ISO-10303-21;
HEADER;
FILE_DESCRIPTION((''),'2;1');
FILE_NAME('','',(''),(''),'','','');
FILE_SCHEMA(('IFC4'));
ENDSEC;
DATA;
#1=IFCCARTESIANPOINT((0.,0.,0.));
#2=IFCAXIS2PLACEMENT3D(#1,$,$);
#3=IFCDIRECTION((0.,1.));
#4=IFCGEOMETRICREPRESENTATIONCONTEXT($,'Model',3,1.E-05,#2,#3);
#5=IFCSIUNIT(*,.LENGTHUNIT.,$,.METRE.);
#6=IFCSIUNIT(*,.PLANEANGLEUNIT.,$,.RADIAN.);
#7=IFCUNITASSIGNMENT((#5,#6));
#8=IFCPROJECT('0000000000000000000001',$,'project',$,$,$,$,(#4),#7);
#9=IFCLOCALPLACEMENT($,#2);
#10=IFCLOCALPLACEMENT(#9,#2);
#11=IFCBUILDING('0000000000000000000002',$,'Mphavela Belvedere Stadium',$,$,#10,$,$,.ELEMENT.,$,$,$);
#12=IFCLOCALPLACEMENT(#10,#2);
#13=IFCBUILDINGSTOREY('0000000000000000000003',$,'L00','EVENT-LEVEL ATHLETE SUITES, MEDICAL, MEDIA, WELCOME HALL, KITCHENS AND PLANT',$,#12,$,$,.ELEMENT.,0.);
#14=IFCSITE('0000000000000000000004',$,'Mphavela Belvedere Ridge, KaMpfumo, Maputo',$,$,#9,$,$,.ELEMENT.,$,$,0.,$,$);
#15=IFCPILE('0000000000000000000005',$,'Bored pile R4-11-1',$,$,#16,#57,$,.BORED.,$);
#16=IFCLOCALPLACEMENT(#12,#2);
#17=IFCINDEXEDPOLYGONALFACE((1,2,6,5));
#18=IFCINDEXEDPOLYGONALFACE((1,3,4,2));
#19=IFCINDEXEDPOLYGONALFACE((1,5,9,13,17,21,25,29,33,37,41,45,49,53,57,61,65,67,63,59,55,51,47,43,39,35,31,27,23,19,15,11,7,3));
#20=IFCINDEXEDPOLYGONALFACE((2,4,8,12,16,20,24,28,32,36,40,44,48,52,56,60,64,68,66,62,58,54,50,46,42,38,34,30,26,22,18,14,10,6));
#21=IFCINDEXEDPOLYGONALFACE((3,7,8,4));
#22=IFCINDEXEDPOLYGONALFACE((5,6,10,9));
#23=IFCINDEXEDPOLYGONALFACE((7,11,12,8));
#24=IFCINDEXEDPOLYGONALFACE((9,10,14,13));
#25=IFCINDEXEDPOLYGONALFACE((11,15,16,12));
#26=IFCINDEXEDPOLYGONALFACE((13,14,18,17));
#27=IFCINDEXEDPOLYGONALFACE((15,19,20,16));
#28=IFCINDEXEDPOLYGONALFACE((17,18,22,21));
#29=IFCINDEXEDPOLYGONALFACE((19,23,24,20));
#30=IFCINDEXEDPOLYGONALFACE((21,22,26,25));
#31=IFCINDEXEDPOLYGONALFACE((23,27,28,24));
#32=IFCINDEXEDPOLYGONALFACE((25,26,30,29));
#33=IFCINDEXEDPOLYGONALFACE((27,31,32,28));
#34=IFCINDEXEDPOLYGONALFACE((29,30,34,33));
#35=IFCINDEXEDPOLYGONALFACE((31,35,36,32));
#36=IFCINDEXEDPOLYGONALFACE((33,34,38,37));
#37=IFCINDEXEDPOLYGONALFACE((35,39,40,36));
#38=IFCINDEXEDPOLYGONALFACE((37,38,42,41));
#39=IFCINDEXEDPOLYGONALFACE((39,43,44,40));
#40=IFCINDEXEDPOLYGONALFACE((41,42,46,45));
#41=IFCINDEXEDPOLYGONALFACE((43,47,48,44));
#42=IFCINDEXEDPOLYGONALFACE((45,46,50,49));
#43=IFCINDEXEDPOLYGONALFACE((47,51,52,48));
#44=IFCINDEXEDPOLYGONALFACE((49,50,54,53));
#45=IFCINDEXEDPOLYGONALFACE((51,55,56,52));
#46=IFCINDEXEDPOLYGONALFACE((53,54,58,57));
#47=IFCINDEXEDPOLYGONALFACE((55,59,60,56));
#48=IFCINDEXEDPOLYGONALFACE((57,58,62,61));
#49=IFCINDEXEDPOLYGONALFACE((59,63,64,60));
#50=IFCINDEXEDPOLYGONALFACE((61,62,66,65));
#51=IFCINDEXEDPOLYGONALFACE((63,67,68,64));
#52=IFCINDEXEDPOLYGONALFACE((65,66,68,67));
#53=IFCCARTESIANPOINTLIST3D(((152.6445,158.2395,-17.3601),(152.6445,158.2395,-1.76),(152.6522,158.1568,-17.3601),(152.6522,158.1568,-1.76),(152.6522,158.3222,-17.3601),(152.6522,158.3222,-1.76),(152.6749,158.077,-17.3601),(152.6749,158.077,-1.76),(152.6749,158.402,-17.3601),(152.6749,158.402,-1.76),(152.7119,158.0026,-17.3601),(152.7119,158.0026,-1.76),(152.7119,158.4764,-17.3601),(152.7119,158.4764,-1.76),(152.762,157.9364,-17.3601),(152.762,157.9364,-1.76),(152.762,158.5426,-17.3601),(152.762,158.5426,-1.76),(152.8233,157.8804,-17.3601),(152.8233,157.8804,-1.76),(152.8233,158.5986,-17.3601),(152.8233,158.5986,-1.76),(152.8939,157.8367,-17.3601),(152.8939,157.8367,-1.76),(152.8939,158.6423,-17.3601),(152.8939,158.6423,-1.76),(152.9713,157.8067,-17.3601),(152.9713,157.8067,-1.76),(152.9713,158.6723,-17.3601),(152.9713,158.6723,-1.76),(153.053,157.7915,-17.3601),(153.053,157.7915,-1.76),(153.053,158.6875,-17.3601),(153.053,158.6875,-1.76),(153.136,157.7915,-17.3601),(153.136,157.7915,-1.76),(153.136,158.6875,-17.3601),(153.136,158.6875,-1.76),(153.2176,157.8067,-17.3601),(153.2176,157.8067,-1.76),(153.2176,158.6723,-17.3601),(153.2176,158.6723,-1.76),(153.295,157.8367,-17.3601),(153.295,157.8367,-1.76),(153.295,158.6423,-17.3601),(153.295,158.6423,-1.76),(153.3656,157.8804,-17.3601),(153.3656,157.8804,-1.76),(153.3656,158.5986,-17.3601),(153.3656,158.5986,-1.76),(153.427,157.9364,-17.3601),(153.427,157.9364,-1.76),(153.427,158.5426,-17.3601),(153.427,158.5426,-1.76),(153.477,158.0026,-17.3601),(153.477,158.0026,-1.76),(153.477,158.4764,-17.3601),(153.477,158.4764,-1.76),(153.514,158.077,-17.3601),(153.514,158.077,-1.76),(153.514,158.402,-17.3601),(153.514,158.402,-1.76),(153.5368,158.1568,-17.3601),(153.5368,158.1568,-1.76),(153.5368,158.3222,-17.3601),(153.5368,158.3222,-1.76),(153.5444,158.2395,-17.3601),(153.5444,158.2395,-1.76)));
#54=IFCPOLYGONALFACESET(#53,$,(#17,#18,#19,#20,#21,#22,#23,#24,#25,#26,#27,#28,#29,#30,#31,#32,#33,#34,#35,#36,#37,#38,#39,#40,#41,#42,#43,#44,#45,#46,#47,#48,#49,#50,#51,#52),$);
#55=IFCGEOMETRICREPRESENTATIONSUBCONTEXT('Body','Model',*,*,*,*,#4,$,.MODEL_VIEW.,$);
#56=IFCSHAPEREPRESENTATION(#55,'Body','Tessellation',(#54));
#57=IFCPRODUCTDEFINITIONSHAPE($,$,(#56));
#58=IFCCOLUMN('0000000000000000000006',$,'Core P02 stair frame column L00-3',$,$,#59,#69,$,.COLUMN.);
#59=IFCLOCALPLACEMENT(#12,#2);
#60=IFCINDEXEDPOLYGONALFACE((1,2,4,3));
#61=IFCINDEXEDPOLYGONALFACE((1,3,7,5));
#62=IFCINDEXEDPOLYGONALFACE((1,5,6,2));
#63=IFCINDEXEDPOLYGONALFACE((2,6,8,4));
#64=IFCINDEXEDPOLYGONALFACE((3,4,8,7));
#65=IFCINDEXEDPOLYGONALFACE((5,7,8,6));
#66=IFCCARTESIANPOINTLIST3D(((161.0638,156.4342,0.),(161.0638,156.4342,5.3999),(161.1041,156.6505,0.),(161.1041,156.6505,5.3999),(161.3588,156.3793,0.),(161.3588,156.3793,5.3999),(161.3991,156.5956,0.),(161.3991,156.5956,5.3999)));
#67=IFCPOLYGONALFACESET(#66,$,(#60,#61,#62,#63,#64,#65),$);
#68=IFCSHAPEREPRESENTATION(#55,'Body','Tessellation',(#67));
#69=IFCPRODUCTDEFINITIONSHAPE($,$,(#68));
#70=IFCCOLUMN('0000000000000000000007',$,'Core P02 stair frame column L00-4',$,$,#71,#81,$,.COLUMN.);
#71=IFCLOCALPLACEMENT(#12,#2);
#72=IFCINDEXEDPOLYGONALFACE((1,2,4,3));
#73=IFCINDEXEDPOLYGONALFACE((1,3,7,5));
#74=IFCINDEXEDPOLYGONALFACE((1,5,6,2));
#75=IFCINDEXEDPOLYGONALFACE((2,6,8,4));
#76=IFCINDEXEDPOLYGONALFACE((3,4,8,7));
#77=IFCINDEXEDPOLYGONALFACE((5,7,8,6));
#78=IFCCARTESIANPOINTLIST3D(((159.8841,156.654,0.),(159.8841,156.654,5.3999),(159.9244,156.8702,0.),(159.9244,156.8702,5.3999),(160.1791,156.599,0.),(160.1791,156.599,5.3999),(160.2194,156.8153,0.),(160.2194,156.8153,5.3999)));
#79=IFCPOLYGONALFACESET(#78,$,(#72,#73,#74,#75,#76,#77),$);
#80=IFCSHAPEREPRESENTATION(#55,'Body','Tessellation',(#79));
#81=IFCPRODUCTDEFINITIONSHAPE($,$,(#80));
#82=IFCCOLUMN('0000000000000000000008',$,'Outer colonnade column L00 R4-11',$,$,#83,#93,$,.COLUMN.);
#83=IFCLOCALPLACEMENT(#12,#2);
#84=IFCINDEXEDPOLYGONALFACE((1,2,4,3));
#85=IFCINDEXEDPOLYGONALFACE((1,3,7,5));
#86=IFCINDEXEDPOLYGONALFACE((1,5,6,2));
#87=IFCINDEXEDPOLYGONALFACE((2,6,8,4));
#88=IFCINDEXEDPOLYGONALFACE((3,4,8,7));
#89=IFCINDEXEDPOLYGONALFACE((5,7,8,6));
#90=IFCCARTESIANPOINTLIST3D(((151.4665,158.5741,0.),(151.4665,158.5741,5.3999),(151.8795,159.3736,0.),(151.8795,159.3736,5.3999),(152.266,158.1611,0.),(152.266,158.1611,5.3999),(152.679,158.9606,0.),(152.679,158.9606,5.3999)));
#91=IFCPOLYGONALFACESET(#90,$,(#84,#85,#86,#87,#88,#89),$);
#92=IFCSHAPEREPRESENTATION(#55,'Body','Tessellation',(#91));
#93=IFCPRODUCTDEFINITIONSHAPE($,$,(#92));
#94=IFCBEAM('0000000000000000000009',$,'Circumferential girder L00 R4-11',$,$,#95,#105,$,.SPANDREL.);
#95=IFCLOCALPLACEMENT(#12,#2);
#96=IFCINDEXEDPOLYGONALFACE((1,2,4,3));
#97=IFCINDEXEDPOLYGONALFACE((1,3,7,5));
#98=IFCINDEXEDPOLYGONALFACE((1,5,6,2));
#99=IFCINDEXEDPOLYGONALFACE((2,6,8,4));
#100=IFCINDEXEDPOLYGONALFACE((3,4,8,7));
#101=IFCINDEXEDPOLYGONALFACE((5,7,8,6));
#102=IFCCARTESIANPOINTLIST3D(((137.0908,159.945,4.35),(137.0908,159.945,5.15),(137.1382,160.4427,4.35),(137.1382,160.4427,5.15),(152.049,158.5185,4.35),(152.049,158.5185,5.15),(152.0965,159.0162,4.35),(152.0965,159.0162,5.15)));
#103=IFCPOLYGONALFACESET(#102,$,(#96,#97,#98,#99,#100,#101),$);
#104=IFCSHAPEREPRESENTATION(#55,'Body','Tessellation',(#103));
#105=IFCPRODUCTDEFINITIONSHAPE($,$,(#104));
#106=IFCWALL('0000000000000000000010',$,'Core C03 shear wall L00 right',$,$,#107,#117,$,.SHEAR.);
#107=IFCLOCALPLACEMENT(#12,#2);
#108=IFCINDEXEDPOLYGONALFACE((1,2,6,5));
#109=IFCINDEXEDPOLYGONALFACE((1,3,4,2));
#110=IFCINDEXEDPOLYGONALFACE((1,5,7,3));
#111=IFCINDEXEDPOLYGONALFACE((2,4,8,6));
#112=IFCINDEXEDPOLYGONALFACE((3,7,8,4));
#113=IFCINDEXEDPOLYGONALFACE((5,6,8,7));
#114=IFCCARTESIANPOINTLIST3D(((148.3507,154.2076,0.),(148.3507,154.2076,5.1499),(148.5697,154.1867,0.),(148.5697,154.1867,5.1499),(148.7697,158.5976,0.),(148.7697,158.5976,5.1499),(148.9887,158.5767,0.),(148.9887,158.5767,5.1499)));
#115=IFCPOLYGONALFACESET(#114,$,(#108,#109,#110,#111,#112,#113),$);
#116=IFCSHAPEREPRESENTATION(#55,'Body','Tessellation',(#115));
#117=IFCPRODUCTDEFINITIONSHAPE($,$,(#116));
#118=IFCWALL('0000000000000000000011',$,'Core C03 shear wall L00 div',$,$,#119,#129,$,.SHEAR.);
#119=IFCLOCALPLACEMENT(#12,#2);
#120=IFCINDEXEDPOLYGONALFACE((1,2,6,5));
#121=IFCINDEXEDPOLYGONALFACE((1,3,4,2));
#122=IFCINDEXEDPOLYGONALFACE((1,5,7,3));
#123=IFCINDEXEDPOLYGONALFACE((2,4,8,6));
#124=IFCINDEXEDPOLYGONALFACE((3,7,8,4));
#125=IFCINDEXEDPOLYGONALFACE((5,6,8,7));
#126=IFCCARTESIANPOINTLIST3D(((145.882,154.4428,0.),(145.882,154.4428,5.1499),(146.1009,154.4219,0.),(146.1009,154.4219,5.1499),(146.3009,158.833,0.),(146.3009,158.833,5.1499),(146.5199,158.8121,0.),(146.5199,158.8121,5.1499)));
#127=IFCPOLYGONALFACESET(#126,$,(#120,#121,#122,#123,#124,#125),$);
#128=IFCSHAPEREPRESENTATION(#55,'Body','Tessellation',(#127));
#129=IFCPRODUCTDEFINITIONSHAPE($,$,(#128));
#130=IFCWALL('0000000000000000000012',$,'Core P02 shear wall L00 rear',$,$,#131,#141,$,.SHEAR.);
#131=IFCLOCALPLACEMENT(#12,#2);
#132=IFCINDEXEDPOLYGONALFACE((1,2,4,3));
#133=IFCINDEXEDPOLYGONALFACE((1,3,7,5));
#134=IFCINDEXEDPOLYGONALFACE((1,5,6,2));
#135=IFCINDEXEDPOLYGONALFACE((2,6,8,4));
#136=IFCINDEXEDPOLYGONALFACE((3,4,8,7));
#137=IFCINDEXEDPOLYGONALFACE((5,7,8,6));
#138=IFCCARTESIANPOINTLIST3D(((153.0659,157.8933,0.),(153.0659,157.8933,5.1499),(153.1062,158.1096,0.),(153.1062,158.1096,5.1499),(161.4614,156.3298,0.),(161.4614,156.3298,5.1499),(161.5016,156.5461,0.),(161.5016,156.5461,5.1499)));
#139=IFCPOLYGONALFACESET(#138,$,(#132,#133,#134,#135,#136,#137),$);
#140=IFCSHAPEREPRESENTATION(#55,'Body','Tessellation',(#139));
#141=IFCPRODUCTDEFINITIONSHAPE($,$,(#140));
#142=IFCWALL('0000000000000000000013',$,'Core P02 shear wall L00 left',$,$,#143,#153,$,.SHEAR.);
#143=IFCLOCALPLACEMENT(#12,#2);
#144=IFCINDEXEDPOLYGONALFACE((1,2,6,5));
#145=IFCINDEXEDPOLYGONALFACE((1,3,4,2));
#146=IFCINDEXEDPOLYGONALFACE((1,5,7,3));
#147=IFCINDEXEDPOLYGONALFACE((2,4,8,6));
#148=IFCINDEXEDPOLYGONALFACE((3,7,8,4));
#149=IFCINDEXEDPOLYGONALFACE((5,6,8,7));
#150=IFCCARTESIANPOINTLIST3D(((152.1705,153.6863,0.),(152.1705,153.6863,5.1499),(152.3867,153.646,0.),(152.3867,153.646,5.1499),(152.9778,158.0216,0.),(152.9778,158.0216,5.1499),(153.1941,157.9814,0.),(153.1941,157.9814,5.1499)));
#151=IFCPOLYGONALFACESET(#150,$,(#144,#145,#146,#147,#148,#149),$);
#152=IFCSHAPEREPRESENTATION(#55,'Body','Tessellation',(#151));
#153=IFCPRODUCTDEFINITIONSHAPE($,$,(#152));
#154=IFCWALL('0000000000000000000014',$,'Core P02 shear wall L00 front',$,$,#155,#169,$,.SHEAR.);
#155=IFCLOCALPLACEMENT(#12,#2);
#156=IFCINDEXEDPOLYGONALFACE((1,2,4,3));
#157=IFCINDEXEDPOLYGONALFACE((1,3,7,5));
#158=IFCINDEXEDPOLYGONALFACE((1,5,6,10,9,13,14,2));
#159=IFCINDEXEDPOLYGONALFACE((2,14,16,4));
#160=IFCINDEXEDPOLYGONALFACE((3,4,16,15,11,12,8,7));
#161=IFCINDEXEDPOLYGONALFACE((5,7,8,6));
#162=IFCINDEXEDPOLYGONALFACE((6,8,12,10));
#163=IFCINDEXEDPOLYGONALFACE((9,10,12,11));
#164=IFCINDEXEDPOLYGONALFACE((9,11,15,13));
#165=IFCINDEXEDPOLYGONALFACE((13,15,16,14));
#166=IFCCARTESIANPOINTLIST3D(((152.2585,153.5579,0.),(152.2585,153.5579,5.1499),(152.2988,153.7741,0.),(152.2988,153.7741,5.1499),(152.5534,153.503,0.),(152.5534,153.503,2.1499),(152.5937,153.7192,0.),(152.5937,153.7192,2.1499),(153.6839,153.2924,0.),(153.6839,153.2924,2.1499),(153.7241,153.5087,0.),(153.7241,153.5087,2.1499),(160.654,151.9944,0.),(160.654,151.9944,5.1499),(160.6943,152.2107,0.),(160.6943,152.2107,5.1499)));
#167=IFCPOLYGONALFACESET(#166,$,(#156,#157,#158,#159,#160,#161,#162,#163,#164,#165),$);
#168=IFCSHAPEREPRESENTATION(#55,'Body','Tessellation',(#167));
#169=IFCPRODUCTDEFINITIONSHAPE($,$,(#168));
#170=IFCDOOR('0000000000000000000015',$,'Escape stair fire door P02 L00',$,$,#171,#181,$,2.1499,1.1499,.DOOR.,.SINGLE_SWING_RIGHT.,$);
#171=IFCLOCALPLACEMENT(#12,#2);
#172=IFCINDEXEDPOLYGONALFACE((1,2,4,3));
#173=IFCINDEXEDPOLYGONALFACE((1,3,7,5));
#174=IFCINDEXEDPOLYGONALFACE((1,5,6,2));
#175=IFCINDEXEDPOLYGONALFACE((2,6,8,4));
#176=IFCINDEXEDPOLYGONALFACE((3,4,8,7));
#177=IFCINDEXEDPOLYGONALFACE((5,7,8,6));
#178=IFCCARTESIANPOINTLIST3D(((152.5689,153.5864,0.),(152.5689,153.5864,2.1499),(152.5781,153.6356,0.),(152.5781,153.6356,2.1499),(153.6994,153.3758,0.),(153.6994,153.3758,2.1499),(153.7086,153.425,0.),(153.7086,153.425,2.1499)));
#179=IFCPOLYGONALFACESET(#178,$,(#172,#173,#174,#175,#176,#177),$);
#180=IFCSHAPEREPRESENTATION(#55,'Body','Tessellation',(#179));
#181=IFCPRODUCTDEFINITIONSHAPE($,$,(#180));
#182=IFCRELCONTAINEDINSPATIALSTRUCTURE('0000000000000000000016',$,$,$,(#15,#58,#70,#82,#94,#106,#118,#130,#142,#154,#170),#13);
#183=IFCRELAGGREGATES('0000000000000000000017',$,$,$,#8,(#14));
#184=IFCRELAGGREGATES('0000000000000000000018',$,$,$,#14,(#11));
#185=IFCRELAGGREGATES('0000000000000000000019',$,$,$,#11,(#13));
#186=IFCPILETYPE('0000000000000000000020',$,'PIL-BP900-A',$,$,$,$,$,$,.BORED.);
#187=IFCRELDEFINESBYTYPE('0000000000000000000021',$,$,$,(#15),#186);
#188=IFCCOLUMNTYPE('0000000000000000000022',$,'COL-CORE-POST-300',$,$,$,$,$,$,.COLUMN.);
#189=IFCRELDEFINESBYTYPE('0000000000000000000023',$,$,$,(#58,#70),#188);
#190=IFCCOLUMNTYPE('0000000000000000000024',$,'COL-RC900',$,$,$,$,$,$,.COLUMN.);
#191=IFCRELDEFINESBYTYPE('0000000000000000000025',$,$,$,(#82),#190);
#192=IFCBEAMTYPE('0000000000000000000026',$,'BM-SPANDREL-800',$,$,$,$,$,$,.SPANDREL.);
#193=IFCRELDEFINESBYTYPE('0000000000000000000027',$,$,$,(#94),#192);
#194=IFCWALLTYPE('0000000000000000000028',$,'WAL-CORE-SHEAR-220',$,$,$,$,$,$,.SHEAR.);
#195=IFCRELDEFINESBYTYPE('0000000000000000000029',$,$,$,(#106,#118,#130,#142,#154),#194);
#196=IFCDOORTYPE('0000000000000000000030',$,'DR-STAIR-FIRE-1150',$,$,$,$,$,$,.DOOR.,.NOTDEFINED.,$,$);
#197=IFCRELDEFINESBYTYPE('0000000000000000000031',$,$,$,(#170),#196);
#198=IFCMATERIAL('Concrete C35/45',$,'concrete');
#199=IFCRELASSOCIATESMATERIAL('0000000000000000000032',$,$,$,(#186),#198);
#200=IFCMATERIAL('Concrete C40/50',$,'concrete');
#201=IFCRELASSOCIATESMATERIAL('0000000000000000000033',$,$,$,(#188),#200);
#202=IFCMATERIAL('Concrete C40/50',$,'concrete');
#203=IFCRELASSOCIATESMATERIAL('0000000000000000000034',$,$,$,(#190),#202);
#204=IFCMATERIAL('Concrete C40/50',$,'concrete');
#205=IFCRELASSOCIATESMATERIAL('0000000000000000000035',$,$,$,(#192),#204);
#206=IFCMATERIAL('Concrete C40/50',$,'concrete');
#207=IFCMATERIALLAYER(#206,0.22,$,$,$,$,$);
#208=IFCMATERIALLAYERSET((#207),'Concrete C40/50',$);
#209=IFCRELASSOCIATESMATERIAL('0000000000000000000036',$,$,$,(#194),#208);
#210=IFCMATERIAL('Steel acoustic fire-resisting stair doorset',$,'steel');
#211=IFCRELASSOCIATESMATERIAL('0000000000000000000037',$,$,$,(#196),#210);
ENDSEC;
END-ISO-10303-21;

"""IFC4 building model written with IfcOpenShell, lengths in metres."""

from ifc_helpers import new_model, si_unit, direction, frame, frame_2d, origin, origin_2d, place, context, subcontext, project, spatial, rectangle, circle, extrude, material, layer, layer_set, material_profile, profile_set, type_object, element, fill, save


model = new_model("IFC4")

# Units and contexts
model_context = context("Model", 3, precision=1e-05, world=origin(), true_north=direction((0.0, 1.0)))
body_context = subcontext(model_context, "Body", "Model", "MODEL_VIEW")
ifc_project = project(units=[si_unit("LENGTHUNIT", "METRE"), si_unit("PLANEANGLEUNIT", "RADIAN")], contexts=[model_context])

# Site, building, storey
site_placement = place(None, origin())
site = spatial("IfcSite", under=ifc_project, at=site_placement, Name="Mphavela Belvedere Ridge, KaMpfumo, Maputo", CompositionType="ELEMENT", RefElevation=0.0)
building_placement = place(site_placement, origin())
building = spatial("IfcBuilding", under=site, at=building_placement, Name="Mphavela Belvedere Stadium", CompositionType="ELEMENT")
storey_placement = place(building_placement, origin())
storey = spatial("IfcBuildingStorey", under=building, at=storey_placement, Name="L00", Description="EVENT-LEVEL ATHLETE SUITES, MEDICAL, MEDIA, WELCOME HALL, KITCHENS AND PLANT", CompositionType="ELEMENT", Elevation=0.0)

# Pile
ifc_material_1 = material(Name="Concrete C35/45", Category="concrete")
ifc_material_profile_1 = material_profile(ifc_material_1, circle(Radius=0.45, at=origin_2d()), Name="BP D900")
ifc_profile_set_1 = profile_set([ifc_material_profile_1], Name="Concrete C35/45")
pile_type_1 = type_object("IfcPileType", Name="PIL-BP900-A", PredefinedType="BORED", material=ifc_profile_set_1)
for number, where, z_axis, x_axis, name in (
    (1, (153.0945, 158.2395, -1.76), (0.0, 0.0, -1.0), (1.0, 0.0, 0.0), "Bored pile R4-11-1"),
):
    element("IfcPile", number, at=place(storey_placement, frame(where, z_axis=z_axis, x_axis=x_axis)), inside=storey, type_object=pile_type_1, Name=name, PredefinedType="BORED", context=body_context, shape_type="SweptSolid", body=[
        extrude(circle(Radius=0.45, at=origin_2d()), origin(), (0.0, 0.0, 1.0), 15.6001),
    ])

# Columns
ifc_material_2 = material(Name="Concrete C40/50", Category="concrete")
ifc_material_profile_2 = material_profile(ifc_material_2, rectangle(XDim=0.3, YDim=0.22, at=origin_2d()), Name="RC 300x220")
ifc_profile_set_2 = profile_set([ifc_material_profile_2], Name="Concrete C40/50")
column_type_1 = type_object("IfcColumnType", Name="COL-CORE-POST-300", PredefinedType="COLUMN", material=ifc_profile_set_2)
for number, where, z_axis, x_axis, name in (
    (2, (161.2314, 156.5149, 0.0), (0.0, 0.0, 1.0), (0.983096, -0.183094, 0.0), "Core P02 stair frame column L00-3"),
    (3, (160.0518, 156.7346, 0.0), (0.0, 0.0, 1.0), (0.983096, -0.183094, 0.0), "Core P02 stair frame column L00-4"),
):
    element("IfcColumn", number, at=place(storey_placement, frame(where, z_axis=z_axis, x_axis=x_axis)), inside=storey, type_object=column_type_1, Name=name, PredefinedType="COLUMN", context=body_context, shape_type="SweptSolid", body=[
        extrude(rectangle(XDim=0.3, YDim=0.22, at=origin_2d()), origin(), (0.0, 0.0, 1.0), 5.3999),
    ])
ifc_material_3 = material(Name="Concrete C40/50", Category="concrete")
ifc_material_profile_3 = material_profile(ifc_material_3, rectangle(XDim=0.8999, YDim=0.8999, at=origin_2d()), Name="RC 900x900")
ifc_profile_set_3 = profile_set([ifc_material_profile_3], Name="Concrete C40/50")
column_type_2 = type_object("IfcColumnType", Name="COL-RC900", PredefinedType="COLUMN", material=ifc_profile_set_3)
column_placement = place(storey_placement, frame((152.0728, 158.7673, 0.0), z_axis=(0.0, 0.0, 1.0), x_axis=(0.45896, 0.888457, 0.0)))
element("IfcColumn", 4, at=column_placement, inside=storey, type_object=column_type_2, Name="Outer colonnade column L00 R4-11", PredefinedType="COLUMN", context=body_context, shape_type="SweptSolid", body=[
    extrude(rectangle(XDim=0.8999, YDim=0.8999, at=origin_2d()), origin(), (0.0, 0.0, 1.0), 5.3999),
])

# Beam
ifc_material_4 = material(Name="Concrete C40/50", Category="concrete")
ifc_material_profile_4 = material_profile(ifc_material_4, rectangle(XDim=0.5, YDim=0.8, at=origin_2d()), Name="RC 500x800")
ifc_profile_set_4 = profile_set([ifc_material_profile_4], Name="Concrete C40/50")
beam_type = type_object("IfcBeamType", Name="BM-SPANDREL-800", PredefinedType="SPANDREL", material=ifc_profile_set_4)
beam_placement = place(storey_placement, frame((152.0728, 158.7673, 4.75), z_axis=(-0.995483, 0.094936, 0.0), x_axis=(-0.094936, -0.995483, 0.0)))
element("IfcBeam", 5, at=beam_placement, inside=storey, type_object=beam_type, Name="Circumferential girder L00 R4-11", PredefinedType="SPANDREL", context=body_context, shape_type="SweptSolid", body=[
    extrude(rectangle(XDim=0.5, YDim=0.8, at=origin_2d()), origin(), (0.0, 0.0, 1.0), 15.0261),
])

# Walls
ifc_material_5 = material(Name="Concrete C40/50", Category="concrete")
ifc_layer = layer(ifc_material_5, 0.22)
ifc_layer_set = layer_set([ifc_layer], Name="Concrete C40/50")
wall_type = type_object("IfcWallType", Name="WAL-CORE-SHEAR-220", PredefinedType="SHEAR", material=ifc_layer_set)
wall_1_placement = place(storey_placement, frame((148.4602, 154.197, 0.0), z_axis=(0.0, 0.0, 1.0), x_axis=(0.095002, 0.995477, 0.0)))
element("IfcWall", 6, at=wall_1_placement, inside=storey, type_object=wall_type, Name="Core C03 shear wall L00 right", PredefinedType="SHEAR", context=body_context, shape_type="SweptSolid", body=[
    extrude(rectangle(XDim=4.4099, YDim=0.22, at=frame_2d((2.2051, 0.0))), origin(), (0.0, 0.0, 1.0), 5.1499),
])
wall_2_placement = place(storey_placement, frame((145.9915, 154.4324, 0.0), z_axis=(0.0, 0.0, 1.0), x_axis=(0.094997, 0.995478, 0.0)))
element("IfcWall", 7, at=wall_2_placement, inside=storey, type_object=wall_type, Name="Core C03 shear wall L00 div", PredefinedType="SHEAR", context=body_context, shape_type="SweptSolid", body=[
    extrude(rectangle(XDim=4.4102, YDim=0.22, at=frame_2d((2.2051, 0.0))), origin(), (0.0, 0.0, 1.0), 5.1499),
])
wall_3_placement = place(storey_placement, frame((153.0859, 158.0015, 0.0), z_axis=(0.0, 0.0, 1.0), x_axis=(0.983098, -0.18308, 0.0)))
element("IfcWall", 8, at=wall_3_placement, inside=storey, type_object=wall_type, Name="Core P02 shear wall L00 rear", PredefinedType="SHEAR", context=body_context, shape_type="SweptSolid", body=[
    extrude(rectangle(XDim=8.5398, YDim=0.22, at=frame_2d((4.27, 0.0))), origin(), (0.0, 0.0, 1.0), 5.1499),
])
wall_4_placement = place(storey_placement, frame((152.2786, 153.666, 0.0), z_axis=(0.0, 0.0, 1.0), x_axis=(0.183078, 0.983098, 0.0)))
element("IfcWall", 9, at=wall_4_placement, inside=storey, type_object=wall_type, Name="Core P02 shear wall L00 left", PredefinedType="SHEAR", context=body_context, shape_type="SweptSolid", body=[
    extrude(rectangle(XDim=4.4099, YDim=0.22, at=frame_2d((2.2051, 0.0))), origin(), (0.0, 0.0, 1.0), 5.1499),
])

# Wall, opening, door
wall_5_placement = place(storey_placement, frame((152.2786, 153.666, 0.0), z_axis=(0.0, 0.0, 1.0), x_axis=(0.983098, -0.18308, 0.0)))
wall_5 = element("IfcWall", 10, at=wall_5_placement, inside=storey, type_object=wall_type, Name="Core P02 shear wall L00 front", PredefinedType="SHEAR", context=body_context, shape_type="SweptSolid", body=[
    extrude(rectangle(XDim=8.5398, YDim=0.22, at=frame_2d((4.27, 0.0))), origin(), (0.0, 0.0, 1.0), 5.1499),
])
opening_placement = place(wall_5_placement, frame((0.3, 0.0, 0.0)))
opening = element("IfcOpeningElement", 11, at=opening_placement, cuts=wall_5, PredefinedType="OPENING", context=body_context, shape_type="SweptSolid", body=[
    extrude(rectangle(XDim=1.1499, YDim=2.1499, at=frame_2d((0.575, 1.075))), frame((0.0, 0.1201, 0.0), z_axis=(0.0, -1.0, 0.0), x_axis=(1.0, 0.0, 0.0)), (0.0, 0.0, 1.0), 0.24),
])
ifc_material_6 = material(Name="Steel acoustic fire-resisting stair doorset", Category="steel")
door_type = type_object("IfcDoorType", Name="DR-STAIR-FIRE-1150", OperationType="NOTDEFINED", PredefinedType="DOOR", material=ifc_material_6)
door_placement = place(opening_placement, origin())
door = element("IfcDoor", 12, at=door_placement, inside=storey, type_object=door_type, Name="Escape stair fire door P02 L00", OperationType="SINGLE_SWING_RIGHT", OverallHeight=2.1499, OverallWidth=1.1499, PredefinedType="DOOR", context=body_context, shape_type="SweptSolid", body=[
    extrude(rectangle(XDim=1.1499, YDim=2.1499, at=frame_2d((0.575, 1.075))), frame((0.0, 0.0249, 0.0), z_axis=(0.0, -1.0, 0.0), x_axis=(1.0, 0.0, 0.0)), (0.0, 0.0, 1.0), 0.05),
])
fill(opening, door)

save(model, "model.ifc")
